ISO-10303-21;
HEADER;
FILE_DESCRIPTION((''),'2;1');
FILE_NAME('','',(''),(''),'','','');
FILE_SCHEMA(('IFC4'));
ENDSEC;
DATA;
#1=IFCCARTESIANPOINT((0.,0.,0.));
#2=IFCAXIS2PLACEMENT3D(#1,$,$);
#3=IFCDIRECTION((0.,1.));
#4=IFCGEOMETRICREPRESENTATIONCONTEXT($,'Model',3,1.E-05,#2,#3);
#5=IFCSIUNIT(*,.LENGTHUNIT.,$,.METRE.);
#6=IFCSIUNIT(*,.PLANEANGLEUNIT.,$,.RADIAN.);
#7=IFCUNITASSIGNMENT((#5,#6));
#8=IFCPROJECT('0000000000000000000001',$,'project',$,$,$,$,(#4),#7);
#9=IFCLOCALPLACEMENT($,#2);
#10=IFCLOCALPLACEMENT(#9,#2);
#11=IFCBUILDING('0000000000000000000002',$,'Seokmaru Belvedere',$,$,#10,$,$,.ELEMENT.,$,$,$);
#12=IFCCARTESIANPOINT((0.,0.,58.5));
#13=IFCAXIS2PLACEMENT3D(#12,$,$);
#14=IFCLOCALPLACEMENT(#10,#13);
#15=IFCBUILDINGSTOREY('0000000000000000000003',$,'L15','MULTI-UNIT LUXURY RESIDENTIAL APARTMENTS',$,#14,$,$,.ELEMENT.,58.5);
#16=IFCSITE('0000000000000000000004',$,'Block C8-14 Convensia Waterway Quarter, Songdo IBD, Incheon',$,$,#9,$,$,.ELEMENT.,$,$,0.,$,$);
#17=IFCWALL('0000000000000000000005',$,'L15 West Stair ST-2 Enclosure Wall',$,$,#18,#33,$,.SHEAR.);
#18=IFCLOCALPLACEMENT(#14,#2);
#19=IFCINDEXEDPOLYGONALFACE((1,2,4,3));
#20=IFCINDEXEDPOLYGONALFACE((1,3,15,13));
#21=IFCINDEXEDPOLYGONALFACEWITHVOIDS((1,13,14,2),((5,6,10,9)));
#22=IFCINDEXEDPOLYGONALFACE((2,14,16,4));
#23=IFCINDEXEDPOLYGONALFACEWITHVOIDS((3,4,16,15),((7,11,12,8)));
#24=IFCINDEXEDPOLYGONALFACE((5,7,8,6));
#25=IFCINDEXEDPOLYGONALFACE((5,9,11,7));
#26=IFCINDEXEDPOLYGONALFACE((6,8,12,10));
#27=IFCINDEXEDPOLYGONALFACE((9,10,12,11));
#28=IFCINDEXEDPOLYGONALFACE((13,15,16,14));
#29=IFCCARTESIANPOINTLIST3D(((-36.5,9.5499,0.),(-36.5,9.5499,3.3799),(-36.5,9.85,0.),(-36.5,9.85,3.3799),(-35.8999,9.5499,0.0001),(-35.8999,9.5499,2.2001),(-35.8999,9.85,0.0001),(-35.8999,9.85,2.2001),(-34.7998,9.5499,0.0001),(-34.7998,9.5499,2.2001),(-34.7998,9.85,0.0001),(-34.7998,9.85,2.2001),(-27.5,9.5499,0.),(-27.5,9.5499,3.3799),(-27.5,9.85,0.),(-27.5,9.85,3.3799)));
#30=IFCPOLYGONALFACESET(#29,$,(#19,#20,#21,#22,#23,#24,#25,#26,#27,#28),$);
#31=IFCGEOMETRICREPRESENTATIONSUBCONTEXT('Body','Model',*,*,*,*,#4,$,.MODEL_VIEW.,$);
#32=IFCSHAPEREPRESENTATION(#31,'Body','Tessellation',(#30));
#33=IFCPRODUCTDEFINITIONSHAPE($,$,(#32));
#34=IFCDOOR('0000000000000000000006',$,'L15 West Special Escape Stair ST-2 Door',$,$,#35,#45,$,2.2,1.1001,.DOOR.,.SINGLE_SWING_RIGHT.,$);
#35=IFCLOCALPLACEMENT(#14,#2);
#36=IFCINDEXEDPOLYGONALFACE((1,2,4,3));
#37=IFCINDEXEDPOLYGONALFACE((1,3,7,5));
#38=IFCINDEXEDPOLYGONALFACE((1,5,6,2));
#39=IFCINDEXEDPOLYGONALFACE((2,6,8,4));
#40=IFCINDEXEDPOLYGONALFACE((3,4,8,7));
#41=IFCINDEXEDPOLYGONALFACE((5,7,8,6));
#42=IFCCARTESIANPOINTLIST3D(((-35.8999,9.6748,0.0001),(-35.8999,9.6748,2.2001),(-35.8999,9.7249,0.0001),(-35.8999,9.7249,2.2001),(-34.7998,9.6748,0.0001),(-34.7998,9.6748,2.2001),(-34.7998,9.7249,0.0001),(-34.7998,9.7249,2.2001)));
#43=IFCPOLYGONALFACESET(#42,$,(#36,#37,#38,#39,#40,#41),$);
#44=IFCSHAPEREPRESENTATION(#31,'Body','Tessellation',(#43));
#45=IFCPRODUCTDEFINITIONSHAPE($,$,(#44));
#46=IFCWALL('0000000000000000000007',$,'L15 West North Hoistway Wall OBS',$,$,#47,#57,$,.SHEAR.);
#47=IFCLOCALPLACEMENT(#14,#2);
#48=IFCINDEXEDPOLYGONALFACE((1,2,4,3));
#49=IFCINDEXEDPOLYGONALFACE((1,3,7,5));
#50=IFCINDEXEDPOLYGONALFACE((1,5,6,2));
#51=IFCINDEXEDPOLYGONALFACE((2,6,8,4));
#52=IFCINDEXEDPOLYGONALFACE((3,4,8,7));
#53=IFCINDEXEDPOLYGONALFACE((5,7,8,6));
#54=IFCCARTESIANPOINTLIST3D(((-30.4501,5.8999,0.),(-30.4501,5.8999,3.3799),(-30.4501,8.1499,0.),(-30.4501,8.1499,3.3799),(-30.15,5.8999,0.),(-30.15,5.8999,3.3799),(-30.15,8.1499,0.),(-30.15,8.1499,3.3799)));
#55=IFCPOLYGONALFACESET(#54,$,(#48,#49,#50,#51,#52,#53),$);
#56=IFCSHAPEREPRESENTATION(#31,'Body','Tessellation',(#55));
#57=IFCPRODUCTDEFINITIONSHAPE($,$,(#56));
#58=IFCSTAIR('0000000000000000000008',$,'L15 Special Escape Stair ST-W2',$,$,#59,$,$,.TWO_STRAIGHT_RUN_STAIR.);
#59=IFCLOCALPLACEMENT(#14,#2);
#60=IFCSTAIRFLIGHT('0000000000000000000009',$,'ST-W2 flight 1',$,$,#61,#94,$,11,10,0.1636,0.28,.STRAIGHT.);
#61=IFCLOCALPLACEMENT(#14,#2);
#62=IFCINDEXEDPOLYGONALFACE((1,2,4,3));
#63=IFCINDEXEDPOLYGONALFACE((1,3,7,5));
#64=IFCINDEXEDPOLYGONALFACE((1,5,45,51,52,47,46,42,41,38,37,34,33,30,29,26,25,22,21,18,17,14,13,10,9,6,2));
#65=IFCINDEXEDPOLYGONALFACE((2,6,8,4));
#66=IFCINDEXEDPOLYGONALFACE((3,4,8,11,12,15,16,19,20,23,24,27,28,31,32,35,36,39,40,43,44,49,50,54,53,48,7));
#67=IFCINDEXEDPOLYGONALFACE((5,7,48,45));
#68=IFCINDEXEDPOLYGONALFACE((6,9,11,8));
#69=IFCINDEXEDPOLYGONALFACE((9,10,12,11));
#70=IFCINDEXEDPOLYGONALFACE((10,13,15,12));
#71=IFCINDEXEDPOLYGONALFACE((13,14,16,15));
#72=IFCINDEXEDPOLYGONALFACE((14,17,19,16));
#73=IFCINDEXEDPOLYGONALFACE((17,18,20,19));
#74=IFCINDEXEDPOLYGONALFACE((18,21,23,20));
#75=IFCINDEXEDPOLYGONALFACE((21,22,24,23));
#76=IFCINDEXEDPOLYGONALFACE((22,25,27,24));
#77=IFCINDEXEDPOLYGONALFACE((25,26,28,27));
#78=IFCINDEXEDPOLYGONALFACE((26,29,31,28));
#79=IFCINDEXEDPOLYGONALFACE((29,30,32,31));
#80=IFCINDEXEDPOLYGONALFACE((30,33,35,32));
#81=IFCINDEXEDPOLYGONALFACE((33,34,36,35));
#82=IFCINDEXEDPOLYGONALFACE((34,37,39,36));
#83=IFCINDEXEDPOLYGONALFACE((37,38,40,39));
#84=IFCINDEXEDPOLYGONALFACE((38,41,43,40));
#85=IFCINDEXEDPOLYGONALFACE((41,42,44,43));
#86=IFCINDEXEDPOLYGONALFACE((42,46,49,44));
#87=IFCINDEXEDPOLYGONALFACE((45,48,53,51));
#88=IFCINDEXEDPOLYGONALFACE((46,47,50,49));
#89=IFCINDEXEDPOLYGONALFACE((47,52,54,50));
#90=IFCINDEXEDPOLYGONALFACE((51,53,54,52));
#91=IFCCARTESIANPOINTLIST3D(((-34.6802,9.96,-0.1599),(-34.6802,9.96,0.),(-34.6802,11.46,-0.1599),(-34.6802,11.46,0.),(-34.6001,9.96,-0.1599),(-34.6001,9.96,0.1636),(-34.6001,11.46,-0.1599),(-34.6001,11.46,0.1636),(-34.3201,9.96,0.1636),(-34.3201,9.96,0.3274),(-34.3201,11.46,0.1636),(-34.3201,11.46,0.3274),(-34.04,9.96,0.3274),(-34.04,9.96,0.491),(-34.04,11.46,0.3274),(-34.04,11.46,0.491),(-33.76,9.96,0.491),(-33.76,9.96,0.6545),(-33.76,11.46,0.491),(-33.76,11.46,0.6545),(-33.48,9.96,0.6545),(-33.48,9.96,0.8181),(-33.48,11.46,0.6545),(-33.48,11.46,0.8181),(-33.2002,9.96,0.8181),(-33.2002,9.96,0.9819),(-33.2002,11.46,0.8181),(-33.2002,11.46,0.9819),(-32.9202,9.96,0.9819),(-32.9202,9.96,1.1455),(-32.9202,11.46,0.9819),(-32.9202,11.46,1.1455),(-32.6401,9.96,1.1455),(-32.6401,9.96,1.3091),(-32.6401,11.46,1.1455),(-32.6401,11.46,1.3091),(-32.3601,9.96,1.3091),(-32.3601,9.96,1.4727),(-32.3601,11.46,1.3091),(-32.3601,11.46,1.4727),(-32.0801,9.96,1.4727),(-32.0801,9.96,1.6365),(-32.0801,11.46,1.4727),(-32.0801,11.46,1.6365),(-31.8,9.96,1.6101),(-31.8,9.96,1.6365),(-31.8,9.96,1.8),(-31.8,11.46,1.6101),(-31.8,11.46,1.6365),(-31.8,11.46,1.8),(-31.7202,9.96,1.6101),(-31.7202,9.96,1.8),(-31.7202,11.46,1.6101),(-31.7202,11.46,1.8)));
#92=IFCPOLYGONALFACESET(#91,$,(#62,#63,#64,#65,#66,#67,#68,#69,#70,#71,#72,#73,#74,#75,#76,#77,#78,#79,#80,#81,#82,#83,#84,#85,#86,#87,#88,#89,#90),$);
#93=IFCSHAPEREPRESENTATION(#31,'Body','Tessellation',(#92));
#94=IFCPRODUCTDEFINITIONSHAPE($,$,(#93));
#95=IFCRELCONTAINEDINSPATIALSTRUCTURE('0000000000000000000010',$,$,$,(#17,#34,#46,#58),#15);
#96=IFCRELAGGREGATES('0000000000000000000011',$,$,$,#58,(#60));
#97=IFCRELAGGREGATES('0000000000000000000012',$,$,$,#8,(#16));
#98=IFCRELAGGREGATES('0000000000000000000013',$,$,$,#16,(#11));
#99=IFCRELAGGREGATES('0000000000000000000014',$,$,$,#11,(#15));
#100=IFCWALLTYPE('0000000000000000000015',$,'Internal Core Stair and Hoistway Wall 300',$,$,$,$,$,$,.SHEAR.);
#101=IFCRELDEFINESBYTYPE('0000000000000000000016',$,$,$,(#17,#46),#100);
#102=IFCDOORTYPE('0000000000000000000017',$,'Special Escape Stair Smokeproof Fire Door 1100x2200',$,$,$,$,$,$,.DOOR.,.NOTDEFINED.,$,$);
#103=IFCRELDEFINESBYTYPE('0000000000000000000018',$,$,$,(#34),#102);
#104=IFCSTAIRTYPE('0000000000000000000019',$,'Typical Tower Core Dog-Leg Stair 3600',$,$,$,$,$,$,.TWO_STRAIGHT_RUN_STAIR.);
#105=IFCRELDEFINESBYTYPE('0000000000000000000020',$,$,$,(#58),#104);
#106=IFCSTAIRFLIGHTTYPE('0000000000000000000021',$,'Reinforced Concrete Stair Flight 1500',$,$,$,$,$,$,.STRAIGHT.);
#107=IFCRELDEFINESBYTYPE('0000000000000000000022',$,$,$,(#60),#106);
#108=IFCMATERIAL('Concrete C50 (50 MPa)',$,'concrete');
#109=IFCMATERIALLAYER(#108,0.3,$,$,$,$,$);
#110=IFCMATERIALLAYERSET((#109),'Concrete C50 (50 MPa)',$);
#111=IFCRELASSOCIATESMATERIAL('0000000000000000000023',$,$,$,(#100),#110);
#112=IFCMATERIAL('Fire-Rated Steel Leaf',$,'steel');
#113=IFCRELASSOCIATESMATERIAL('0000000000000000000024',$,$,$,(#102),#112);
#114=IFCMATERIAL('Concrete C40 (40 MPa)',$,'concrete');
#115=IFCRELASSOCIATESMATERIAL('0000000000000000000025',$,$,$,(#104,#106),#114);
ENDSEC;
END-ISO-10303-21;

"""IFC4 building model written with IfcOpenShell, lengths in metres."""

from ifc_helpers import new_model, si_unit, direction, frame, frame_2d, origin, place, context, subcontext, project, spatial, polyline, rectangle, outline, extrude, source, transform, mapped, material, layer, layer_set, type_object, type_shapes, element, fill, aggregate, save


model = new_model("IFC4")

# Units and contexts
model_context = context("Model", 3, precision=1e-05, world=origin(), true_north=direction((0.0, 1.0)))
body_context = subcontext(model_context, "Body", "Model", "MODEL_VIEW")
ifc_project = project(units=[si_unit("LENGTHUNIT", "METRE"), si_unit("PLANEANGLEUNIT", "RADIAN")], contexts=[model_context])

# Site, building, storey
site_placement = place(None, origin())
site = spatial("IfcSite", under=ifc_project, at=site_placement, Name="Block C8-14 Convensia Waterway Quarter, Songdo IBD, Incheon", CompositionType="ELEMENT", RefElevation=0.0)
building_placement = place(site_placement, origin())
building = spatial("IfcBuilding", under=site, at=building_placement, Name="Seokmaru Belvedere", CompositionType="ELEMENT")
storey_placement = place(building_placement, frame((0.0, 0.0, 58.5)))
storey = spatial("IfcBuildingStorey", under=building, at=storey_placement, Name="L15", Description="MULTI-UNIT LUXURY RESIDENTIAL APARTMENTS", CompositionType="ELEMENT", Elevation=58.5)

# Shared definitions
ifc_material_1 = material(Name="Concrete C50 (50 MPa)", Category="concrete")

# Wall, opening, door
ifc_layer_1 = layer(ifc_material_1, 0.3)
ifc_layer_set_1 = layer_set([ifc_layer_1], Name="Concrete C50 (50 MPa)")
wall_type_1 = type_object("IfcWallType", Name="Internal Core Stair and Hoistway Wall 300", PredefinedType="SHEAR", material=ifc_layer_set_1)
wall_1_placement = place(storey_placement, frame((-36.5, 9.7, 0.0), z_axis=(0.0, 0.0, 1.0), x_axis=(1.0, 0.0, 0.0)))
wall_1 = element("IfcWall", 1, at=wall_1_placement, inside=storey, type_object=wall_type_1, Name="L15 West Stair ST-2 Enclosure Wall", PredefinedType="SHEAR", context=body_context, shape_type="SweptSolid", body=[
    extrude(rectangle(XDim=9.0, YDim=0.3, at=frame_2d((4.5, 0.0))), origin(), (0.0, 0.0, 1.0), 3.3799),
])
opening_1_placement = place(wall_1_placement, frame((0.6001, 0.0, 0.0)))
opening_1 = element("IfcOpeningElement", 2, at=opening_1_placement, cuts=wall_1, PredefinedType="OPENING", context=body_context, shape_type="SweptSolid", body=[
    extrude(rectangle(XDim=1.1001, YDim=2.2, at=frame_2d((0.55, 1.1001))), frame((0.0, 0.1602, 0.0), z_axis=(0.0, -1.0, 0.0), x_axis=(1.0, 0.0, 0.0)), (0.0, 0.0, 1.0), 0.3201),
])
ifc_material_2 = material(Name="Fire-Rated Steel Leaf", Category="steel")
door_type_1 = type_object("IfcDoorType", Name="Special Escape Stair Smokeproof Fire Door 1100x2200", OperationType="NOTDEFINED", PredefinedType="DOOR", material=ifc_material_2)
shared_shape_1 = source(origin(), body_context, "Body", "SweptSolid", [
    extrude(rectangle(XDim=1.1001, YDim=2.2, at=frame_2d((0.55, 1.1001))), frame((0.0, 0.0249, 0.0), z_axis=(0.0, -1.0, 0.0), x_axis=(1.0, 0.0, 0.0)), (0.0, 0.0, 1.0), 0.05),
])
type_shapes(door_type_1, [shared_shape_1])
door_1_placement = place(opening_1_placement, origin())
door_1 = element("IfcDoor", 3, at=door_1_placement, inside=storey, type_object=door_type_1, Name="L15 West Special Escape Stair ST-2 Door", OperationType="SINGLE_SWING_RIGHT", OverallHeight=2.2, OverallWidth=1.1001, PredefinedType="DOOR", context=body_context, shape_type="MappedRepresentation", body=[
    mapped(shared_shape_1, transform((0.0, 0.0, 0.0), scale=1.0)),
])
fill(opening_1, door_1)

# Wall
wall_2_placement = place(storey_placement, frame((-30.3, 5.8999, 0.0), z_axis=(0.0, 0.0, 1.0), x_axis=(0.0, 1.0, 0.0)))
element("IfcWall", 4, at=wall_2_placement, inside=storey, type_object=wall_type_1, Name="L15 West North Hoistway Wall OBS", PredefinedType="SHEAR", context=body_context, shape_type="SweptSolid", body=[
    extrude(rectangle(XDim=2.25, YDim=0.3, at=frame_2d((1.125, 0.0))), origin(), (0.0, 0.0, 1.0), 3.3799),
])

# Stair, stair flight
ifc_material_3 = material(Name="Concrete C40 (40 MPa)", Category="concrete")
stair_type = type_object("IfcStairType", Name="Typical Tower Core Dog-Leg Stair 3600", PredefinedType="TWO_STRAIGHT_RUN_STAIR", material=ifc_material_3)
stair_placement = place(storey_placement, origin())
stair = element("IfcStair", 5, at=stair_placement, inside=storey, type_object=stair_type, Name="L15 Special Escape Stair ST-W2", PredefinedType="TWO_STRAIGHT_RUN_STAIR")
stair_flight_type = type_object("IfcStairFlightType", Name="Reinforced Concrete Stair Flight 1500", PredefinedType="STRAIGHT", material=ifc_material_3)
stair_flight_placement = place(storey_placement, frame((-34.6001, 10.71, 0.0), z_axis=(0.0, 0.0, 1.0), x_axis=(1.0, 0.0, 0.0)))
stair_flight = element("IfcStairFlight", 6, at=stair_flight_placement, type_object=stair_flight_type, Name="ST-W2 flight 1", NumberOfRisers=11, NumberOfTreads=10, PredefinedType="STRAIGHT", RiserHeight=0.1636, TreadLength=0.28, context=body_context, shape_type="SweptSolid", body=[
    extrude(outline(polyline([(-0.0801, 0.0), (0.0, 0.1636), (0.28, 0.1636), (0.28, 0.3274), (0.5601, 0.3274), (0.5601, 0.491), (0.8401, 0.491), (0.8401, 0.6545), (1.1201, 0.6545), (1.1201, 0.8181), (1.3999, 0.8181), (1.3999, 0.9819), (1.6799, 0.9819), (1.6799, 1.1455), (1.96, 1.1455), (1.96, 1.3091), (2.24, 1.3091), (2.24, 1.4727), (2.52, 1.4727), (2.52, 1.6365), (2.8, 1.6365), (2.8, 1.8), (2.8799, 1.8), (2.8799, 1.6101), (2.8, 1.6101), (0.0, -0.1599), (-0.0801, -0.1599), (-0.0801, 0.0)])), frame((0.0, 0.75, 0.0), z_axis=(0.0, -1.0, 0.0), x_axis=(1.0, 0.0, 0.0)), (0.0, 0.0, 1.0), 1.5),
])
aggregate(stair, [stair_flight])

save(model, "model.ifc")
